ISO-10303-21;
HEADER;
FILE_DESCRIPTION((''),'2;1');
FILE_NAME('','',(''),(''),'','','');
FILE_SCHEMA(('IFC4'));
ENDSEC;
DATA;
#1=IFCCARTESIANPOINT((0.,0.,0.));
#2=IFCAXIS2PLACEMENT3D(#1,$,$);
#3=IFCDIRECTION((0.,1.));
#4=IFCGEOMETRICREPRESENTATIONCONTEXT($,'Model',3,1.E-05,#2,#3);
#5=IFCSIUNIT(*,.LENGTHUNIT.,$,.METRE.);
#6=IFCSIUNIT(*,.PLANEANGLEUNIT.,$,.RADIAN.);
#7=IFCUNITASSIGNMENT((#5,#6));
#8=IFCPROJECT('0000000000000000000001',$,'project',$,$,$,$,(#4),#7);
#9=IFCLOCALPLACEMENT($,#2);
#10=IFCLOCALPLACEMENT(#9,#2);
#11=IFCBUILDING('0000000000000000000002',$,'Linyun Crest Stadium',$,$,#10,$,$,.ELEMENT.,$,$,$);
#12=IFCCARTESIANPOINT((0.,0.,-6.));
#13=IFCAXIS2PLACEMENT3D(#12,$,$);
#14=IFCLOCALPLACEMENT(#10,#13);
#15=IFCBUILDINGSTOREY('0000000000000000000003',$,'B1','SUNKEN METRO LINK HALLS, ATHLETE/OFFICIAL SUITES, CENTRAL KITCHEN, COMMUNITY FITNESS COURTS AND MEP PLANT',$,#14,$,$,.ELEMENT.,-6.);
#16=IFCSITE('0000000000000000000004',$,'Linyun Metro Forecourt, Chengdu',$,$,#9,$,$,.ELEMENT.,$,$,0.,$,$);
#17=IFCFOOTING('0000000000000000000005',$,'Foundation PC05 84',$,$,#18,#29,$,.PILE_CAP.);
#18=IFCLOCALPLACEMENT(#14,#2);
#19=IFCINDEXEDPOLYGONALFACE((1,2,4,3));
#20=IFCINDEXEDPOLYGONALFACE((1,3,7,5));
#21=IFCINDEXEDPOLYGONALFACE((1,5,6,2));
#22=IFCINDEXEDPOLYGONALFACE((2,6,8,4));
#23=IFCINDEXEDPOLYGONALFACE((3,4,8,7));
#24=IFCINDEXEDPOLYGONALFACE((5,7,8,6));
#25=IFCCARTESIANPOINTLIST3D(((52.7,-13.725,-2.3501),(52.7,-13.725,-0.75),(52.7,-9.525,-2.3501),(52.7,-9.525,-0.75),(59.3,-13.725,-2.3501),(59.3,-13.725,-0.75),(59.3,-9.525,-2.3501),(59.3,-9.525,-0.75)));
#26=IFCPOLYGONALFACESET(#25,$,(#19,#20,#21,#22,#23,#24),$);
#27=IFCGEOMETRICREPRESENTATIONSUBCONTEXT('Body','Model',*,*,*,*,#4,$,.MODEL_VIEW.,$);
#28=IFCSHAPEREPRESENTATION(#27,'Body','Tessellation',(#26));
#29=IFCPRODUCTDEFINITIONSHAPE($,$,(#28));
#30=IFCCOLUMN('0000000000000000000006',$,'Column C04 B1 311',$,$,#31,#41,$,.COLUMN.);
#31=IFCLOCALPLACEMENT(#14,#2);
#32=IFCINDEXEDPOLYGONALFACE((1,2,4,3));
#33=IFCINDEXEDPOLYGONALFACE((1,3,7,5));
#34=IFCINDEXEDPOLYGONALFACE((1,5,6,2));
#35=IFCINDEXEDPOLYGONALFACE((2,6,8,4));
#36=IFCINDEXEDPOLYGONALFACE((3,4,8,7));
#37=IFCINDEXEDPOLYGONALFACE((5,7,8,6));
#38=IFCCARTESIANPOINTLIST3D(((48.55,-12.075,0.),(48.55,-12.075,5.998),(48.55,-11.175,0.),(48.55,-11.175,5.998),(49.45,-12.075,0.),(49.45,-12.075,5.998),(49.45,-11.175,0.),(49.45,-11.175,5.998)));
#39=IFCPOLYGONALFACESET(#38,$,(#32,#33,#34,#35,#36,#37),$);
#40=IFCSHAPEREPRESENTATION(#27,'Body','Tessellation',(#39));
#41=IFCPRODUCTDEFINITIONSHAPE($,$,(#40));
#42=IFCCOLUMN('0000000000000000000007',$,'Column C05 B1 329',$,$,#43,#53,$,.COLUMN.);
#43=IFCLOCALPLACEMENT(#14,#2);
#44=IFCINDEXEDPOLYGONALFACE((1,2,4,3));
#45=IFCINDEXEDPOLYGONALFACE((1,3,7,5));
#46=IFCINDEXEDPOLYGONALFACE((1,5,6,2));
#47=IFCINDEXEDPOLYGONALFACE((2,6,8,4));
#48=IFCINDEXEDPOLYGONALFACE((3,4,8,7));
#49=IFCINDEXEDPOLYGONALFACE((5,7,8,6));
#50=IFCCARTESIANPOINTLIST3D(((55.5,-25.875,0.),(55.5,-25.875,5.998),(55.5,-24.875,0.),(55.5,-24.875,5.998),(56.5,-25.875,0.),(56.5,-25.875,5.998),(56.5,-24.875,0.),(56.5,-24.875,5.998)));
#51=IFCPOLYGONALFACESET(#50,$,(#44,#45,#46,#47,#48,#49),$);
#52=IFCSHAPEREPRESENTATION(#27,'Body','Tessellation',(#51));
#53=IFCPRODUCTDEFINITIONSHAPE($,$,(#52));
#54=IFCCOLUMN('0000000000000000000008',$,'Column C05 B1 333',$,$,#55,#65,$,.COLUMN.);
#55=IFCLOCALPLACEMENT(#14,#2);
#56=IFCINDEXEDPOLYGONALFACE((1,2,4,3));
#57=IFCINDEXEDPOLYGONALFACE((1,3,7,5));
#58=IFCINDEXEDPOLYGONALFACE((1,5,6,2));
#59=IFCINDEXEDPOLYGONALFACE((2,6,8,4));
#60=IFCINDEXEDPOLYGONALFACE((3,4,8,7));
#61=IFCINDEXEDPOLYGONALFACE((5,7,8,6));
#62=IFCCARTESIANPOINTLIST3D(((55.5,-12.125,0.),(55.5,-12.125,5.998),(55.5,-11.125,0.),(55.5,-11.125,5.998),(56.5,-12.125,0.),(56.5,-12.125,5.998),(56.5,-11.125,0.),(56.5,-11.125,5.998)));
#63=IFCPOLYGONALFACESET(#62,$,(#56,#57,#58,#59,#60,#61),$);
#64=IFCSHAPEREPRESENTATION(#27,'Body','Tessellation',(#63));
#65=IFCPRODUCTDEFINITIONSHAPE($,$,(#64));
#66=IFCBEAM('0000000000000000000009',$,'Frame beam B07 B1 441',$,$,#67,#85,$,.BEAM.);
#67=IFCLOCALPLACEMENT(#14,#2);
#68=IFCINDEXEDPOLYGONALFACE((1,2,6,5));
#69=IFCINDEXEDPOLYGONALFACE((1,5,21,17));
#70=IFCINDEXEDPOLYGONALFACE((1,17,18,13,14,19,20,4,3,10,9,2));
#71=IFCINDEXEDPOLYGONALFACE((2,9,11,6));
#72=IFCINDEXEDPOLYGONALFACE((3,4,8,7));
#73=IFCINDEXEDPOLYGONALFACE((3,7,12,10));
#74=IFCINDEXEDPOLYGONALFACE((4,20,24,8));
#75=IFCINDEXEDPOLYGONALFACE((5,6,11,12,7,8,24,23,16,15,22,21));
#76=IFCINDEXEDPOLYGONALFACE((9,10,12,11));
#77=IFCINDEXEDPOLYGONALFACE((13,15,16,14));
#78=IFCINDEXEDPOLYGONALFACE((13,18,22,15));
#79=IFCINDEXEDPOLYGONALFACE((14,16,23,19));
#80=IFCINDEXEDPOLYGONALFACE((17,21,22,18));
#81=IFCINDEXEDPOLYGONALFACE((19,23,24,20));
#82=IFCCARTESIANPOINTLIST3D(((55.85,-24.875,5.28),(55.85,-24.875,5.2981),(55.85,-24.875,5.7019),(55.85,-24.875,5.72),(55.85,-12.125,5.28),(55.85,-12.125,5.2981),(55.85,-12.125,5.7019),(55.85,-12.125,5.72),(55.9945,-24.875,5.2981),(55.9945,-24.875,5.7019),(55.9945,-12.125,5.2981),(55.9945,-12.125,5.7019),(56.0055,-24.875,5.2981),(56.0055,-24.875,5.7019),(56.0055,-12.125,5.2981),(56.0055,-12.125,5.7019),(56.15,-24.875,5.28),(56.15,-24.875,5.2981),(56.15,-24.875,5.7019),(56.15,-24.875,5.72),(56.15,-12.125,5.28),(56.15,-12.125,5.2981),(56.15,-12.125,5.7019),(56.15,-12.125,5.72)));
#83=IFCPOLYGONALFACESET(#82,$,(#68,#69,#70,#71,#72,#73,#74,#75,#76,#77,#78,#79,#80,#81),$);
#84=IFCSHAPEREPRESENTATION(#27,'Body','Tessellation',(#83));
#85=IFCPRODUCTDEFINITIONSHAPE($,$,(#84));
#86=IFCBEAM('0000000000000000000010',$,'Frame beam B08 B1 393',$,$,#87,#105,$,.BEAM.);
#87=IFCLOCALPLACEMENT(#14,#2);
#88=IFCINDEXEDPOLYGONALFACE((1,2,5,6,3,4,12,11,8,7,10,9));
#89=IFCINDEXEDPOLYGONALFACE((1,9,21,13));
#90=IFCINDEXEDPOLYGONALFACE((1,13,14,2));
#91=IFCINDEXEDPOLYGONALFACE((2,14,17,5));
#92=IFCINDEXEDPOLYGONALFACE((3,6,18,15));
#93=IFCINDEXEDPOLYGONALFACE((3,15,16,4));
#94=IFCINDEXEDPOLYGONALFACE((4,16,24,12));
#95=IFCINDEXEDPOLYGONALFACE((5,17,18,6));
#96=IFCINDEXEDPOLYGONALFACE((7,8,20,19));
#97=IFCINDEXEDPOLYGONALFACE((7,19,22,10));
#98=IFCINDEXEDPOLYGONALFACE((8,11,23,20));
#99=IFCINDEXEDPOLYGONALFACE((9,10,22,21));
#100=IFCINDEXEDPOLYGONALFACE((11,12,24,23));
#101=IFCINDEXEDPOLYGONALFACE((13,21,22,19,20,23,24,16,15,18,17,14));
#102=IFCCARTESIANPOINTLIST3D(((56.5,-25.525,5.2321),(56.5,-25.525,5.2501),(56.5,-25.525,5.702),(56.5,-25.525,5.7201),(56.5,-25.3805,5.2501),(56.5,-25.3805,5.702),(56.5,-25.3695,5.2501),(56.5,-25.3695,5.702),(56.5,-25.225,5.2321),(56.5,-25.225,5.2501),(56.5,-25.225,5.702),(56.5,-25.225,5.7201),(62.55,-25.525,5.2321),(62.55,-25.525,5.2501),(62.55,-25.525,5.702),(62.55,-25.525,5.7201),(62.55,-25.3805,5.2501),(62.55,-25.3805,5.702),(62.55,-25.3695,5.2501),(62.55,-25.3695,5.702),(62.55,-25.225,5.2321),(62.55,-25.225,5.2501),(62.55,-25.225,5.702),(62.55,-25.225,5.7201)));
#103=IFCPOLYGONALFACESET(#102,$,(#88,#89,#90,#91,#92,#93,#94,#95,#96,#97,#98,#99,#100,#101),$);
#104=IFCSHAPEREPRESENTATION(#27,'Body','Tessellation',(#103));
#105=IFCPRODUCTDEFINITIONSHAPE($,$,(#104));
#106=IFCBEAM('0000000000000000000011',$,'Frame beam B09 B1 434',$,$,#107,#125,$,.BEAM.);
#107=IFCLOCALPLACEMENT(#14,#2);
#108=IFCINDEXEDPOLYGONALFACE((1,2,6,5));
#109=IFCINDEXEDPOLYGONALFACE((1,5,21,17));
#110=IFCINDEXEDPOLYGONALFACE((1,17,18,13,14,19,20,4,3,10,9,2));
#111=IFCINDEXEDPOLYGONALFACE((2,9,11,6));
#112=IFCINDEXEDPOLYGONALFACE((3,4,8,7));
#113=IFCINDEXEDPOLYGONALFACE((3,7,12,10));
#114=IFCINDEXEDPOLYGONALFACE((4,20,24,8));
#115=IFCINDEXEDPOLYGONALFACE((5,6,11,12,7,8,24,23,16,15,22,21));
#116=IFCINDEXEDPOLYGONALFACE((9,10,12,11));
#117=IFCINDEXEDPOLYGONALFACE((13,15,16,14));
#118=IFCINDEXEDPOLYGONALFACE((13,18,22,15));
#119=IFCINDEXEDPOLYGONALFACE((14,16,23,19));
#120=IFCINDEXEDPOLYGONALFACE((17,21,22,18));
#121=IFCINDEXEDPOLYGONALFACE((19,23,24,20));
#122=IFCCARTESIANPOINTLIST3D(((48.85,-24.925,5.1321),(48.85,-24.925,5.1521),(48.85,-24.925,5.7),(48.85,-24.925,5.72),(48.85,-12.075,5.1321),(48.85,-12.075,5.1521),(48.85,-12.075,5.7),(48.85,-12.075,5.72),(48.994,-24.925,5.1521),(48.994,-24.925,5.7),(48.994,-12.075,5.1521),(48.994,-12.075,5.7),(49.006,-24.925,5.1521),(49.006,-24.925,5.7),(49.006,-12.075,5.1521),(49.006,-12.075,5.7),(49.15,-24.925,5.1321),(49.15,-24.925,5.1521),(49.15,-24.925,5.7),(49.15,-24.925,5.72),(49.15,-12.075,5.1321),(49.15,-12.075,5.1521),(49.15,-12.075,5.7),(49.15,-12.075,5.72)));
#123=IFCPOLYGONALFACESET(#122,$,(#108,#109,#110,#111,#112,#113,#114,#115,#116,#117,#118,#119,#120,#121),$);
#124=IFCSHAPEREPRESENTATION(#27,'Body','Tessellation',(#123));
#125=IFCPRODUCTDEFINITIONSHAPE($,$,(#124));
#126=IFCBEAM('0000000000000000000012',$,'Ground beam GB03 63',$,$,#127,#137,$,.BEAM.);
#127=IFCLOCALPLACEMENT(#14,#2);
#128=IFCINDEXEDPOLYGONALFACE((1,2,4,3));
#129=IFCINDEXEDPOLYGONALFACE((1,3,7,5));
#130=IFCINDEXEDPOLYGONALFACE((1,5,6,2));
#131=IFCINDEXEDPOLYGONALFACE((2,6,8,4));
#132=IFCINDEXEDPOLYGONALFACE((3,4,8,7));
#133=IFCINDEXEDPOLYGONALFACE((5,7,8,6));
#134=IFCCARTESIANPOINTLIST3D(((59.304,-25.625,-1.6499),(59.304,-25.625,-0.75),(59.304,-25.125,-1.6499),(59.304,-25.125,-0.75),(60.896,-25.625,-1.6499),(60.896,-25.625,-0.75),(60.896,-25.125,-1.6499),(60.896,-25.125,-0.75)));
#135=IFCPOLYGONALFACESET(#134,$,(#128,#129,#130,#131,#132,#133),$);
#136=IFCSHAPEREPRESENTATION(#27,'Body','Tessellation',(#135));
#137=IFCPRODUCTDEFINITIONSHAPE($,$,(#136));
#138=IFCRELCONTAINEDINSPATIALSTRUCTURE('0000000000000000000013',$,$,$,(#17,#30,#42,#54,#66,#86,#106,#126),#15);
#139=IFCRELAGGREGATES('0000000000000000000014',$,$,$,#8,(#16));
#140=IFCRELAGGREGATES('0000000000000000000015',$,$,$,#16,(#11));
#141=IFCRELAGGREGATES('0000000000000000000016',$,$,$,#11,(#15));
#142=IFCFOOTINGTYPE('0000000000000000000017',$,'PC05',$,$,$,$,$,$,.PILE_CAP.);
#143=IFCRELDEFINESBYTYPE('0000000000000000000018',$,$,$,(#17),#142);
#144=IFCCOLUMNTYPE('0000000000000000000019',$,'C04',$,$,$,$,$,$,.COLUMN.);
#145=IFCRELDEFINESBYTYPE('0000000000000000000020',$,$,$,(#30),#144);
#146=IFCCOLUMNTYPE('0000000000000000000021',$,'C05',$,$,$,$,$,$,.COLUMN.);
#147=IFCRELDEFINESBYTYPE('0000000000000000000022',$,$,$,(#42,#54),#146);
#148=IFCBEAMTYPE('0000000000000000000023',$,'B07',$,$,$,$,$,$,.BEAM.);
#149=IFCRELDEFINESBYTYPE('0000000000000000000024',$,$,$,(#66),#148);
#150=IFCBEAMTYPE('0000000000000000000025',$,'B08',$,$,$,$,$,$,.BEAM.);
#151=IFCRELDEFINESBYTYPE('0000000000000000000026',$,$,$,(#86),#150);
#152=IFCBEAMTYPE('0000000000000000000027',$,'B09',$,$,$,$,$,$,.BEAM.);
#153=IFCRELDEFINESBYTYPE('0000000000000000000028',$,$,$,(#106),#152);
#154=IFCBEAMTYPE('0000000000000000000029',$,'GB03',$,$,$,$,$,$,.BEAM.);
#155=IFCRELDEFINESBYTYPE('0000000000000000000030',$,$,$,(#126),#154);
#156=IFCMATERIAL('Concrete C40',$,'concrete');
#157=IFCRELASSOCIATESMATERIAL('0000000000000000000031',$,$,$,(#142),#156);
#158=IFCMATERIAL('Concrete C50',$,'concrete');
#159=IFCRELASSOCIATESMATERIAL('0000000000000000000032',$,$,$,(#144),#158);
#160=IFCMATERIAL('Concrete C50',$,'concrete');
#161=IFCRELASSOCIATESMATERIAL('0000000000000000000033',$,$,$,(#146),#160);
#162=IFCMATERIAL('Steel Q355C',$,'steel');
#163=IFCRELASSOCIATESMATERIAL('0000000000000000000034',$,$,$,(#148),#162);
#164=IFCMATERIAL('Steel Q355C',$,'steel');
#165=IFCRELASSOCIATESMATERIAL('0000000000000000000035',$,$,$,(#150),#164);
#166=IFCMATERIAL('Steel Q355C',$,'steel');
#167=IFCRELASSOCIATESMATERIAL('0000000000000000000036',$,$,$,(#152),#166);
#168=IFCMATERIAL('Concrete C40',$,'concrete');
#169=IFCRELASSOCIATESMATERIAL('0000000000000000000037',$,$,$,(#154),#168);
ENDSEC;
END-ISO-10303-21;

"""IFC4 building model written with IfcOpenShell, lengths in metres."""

from ifc_helpers import new_model, si_unit, direction, frame, origin, origin_2d, place, context, subcontext, project, spatial, rectangle, i_section, extrude, material, material_profile, profile_set, type_object, element, save


model = new_model("IFC4")

# Units and contexts
model_context = context("Model", 3, precision=1e-05, world=origin(), true_north=direction((0.0, 1.0)))
body_context = subcontext(model_context, "Body", "Model", "MODEL_VIEW")
ifc_project = project(units=[si_unit("LENGTHUNIT", "METRE"), si_unit("PLANEANGLEUNIT", "RADIAN")], contexts=[model_context])

# Site, building, storey
site_placement = place(None, origin())
site = spatial("IfcSite", under=ifc_project, at=site_placement, Name="Linyun Metro Forecourt, Chengdu", CompositionType="ELEMENT", RefElevation=0.0)
building_placement = place(site_placement, origin())
building = spatial("IfcBuilding", under=site, at=building_placement, Name="Linyun Crest Stadium", CompositionType="ELEMENT")
storey_placement = place(building_placement, frame((0.0, 0.0, -6.0)))
storey = spatial("IfcBuildingStorey", under=building, at=storey_placement, Name="B1", Description="SUNKEN METRO LINK HALLS, ATHLETE/OFFICIAL SUITES, CENTRAL KITCHEN, COMMUNITY FITNESS COURTS AND MEP PLANT", CompositionType="ELEMENT", Elevation=-6.0)

# Footing
ifc_material_1 = material(Name="Concrete C40", Category="concrete")
footing_type_1 = type_object("IfcFootingType", Name="PC05", PredefinedType="PILE_CAP", material=ifc_material_1)
footing_1_placement = place(storey_placement, frame((56.0, -11.625, -2.3501), z_axis=(0.0, 0.0, 1.0), x_axis=(1.0, 0.0, 0.0)))
element("IfcFooting", 1, at=footing_1_placement, inside=storey, type_object=footing_type_1, Name="Foundation PC05 84", PredefinedType="PILE_CAP", context=body_context, shape_type="SweptSolid", body=[
    extrude(rectangle(XDim=6.6001, YDim=4.2, at=origin_2d()), origin(), (0.0, 0.0, 1.0), 1.6001),
])

# Columns
ifc_material_2 = material(Name="Concrete C50", Category="concrete")
ifc_material_profile_1 = material_profile(ifc_material_2, rectangle(XDim=0.8999, YDim=0.8999, at=origin_2d()), Name="RC 900x900")
ifc_profile_set_1 = profile_set([ifc_material_profile_1], Name="Concrete C50")
column_type_1 = type_object("IfcColumnType", Name="C04", PredefinedType="COLUMN", material=ifc_profile_set_1)
column_placement = place(storey_placement, frame((49.0, -11.625, 0.0), z_axis=(0.0, 0.0, 1.0), x_axis=(1.0, 0.0, 0.0)))
element("IfcColumn", 2, at=column_placement, inside=storey, type_object=column_type_1, Name="Column C04 B1 311", PredefinedType="COLUMN", context=body_context, shape_type="SweptSolid", body=[
    extrude(rectangle(XDim=0.8999, YDim=0.8999, at=origin_2d()), origin(), (0.0, 0.0, 1.0), 5.998),
])
ifc_material_3 = material(Name="Concrete C50", Category="concrete")
ifc_material_profile_2 = material_profile(ifc_material_3, rectangle(XDim=1.0, YDim=1.0, at=origin_2d()), Name="RC 1000x1000")
ifc_profile_set_2 = profile_set([ifc_material_profile_2], Name="Concrete C50")
column_type_2 = type_object("IfcColumnType", Name="C05", PredefinedType="COLUMN", material=ifc_profile_set_2)
for number, where, z_axis, x_axis, name in (
    (3, (56.0, -25.375, 0.0), (0.0, 0.0, 1.0), (1.0, 0.0, 0.0), "Column C05 B1 329"),
    (4, (56.0, -11.625, 0.0), (0.0, 0.0, 1.0), (1.0, 0.0, 0.0), "Column C05 B1 333"),
):
    element("IfcColumn", number, at=place(storey_placement, frame(where, z_axis=z_axis, x_axis=x_axis)), inside=storey, type_object=column_type_2, Name=name, PredefinedType="COLUMN", context=body_context, shape_type="SweptSolid", body=[
        extrude(rectangle(XDim=1.0, YDim=1.0, at=origin_2d()), origin(), (0.0, 0.0, 1.0), 5.998),
    ])

# Beams
ifc_material_4 = material(Name="Steel Q355C", Category="steel")
ifc_material_profile_3 = material_profile(ifc_material_4, i_section(OverallWidth=0.3, OverallDepth=0.4399, WebThickness=0.011, FlangeThickness=0.0181, at=origin_2d()), Name="HM 440x300")
ifc_profile_set_3 = profile_set([ifc_material_profile_3], Name="Steel Q355C")
beam_type_1 = type_object("IfcBeamType", Name="B07", PredefinedType="BEAM", material=ifc_profile_set_3)
beam_1_placement = place(storey_placement, frame((56.0, -24.875, 5.5), z_axis=(0.0, 1.0, 0.0), x_axis=(-1.0, 0.0, 0.0)))
element("IfcBeam", 5, at=beam_1_placement, inside=storey, type_object=beam_type_1, Name="Frame beam B07 B1 441", PredefinedType="BEAM", context=body_context, shape_type="SweptSolid", body=[
    extrude(i_section(OverallWidth=0.3, OverallDepth=0.4399, WebThickness=0.011, FlangeThickness=0.0181, at=origin_2d()), origin(), (0.0, 0.0, 1.0), 12.75),
])
ifc_material_5 = material(Name="Steel Q355C", Category="steel")
ifc_material_profile_4 = material_profile(ifc_material_5, i_section(OverallWidth=0.3, OverallDepth=0.488, WebThickness=0.011, FlangeThickness=0.0181, at=origin_2d()), Name="HM 488x300")
ifc_profile_set_4 = profile_set([ifc_material_profile_4], Name="Steel Q355C")
beam_type_2 = type_object("IfcBeamType", Name="B08", PredefinedType="BEAM", material=ifc_profile_set_4)
beam_2_placement = place(storey_placement, frame((56.5, -25.375, 5.4761), z_axis=(1.0, 0.0, 0.0), x_axis=(0.0, 1.0, 0.0)))
element("IfcBeam", 6, at=beam_2_placement, inside=storey, type_object=beam_type_2, Name="Frame beam B08 B1 393", PredefinedType="BEAM", context=body_context, shape_type="SweptSolid", body=[
    extrude(i_section(OverallWidth=0.3, OverallDepth=0.488, WebThickness=0.011, FlangeThickness=0.0181, at=origin_2d()), origin(), (0.0, 0.0, 1.0), 6.05),
])
ifc_material_6 = material(Name="Steel Q355C", Category="steel")
ifc_material_profile_5 = material_profile(ifc_material_6, i_section(OverallWidth=0.3, OverallDepth=0.5879, WebThickness=0.012, FlangeThickness=0.02, at=origin_2d()), Name="HM 588x300")
ifc_profile_set_5 = profile_set([ifc_material_profile_5], Name="Steel Q355C")
beam_type_3 = type_object("IfcBeamType", Name="B09", PredefinedType="BEAM", material=ifc_profile_set_5)
beam_3_placement = place(storey_placement, frame((49.0, -24.925, 5.426), z_axis=(0.0, 1.0, 0.0), x_axis=(-1.0, 0.0, 0.0)))
element("IfcBeam", 7, at=beam_3_placement, inside=storey, type_object=beam_type_3, Name="Frame beam B09 B1 434", PredefinedType="BEAM", context=body_context, shape_type="SweptSolid", body=[
    extrude(i_section(OverallWidth=0.3, OverallDepth=0.5879, WebThickness=0.012, FlangeThickness=0.02, at=origin_2d()), origin(), (0.0, 0.0, 1.0), 12.8501),
])
ifc_material_7 = material(Name="Concrete C40", Category="concrete")
ifc_material_profile_6 = material_profile(ifc_material_7, rectangle(XDim=0.5, YDim=0.8999, at=origin_2d()), Name="RCB 900x500")
ifc_profile_set_6 = profile_set([ifc_material_profile_6], Name="Concrete C40")
beam_type_4 = type_object("IfcBeamType", Name="GB03", PredefinedType="BEAM", material=ifc_profile_set_6)
beam_4_placement = place(storey_placement, frame((59.304, -25.375, -1.2), z_axis=(1.0, 0.0, 0.0), x_axis=(0.0, 1.0, 0.0)))
element("IfcBeam", 8, at=beam_4_placement, inside=storey, type_object=beam_type_4, Name="Ground beam GB03 63", PredefinedType="BEAM", context=body_context, shape_type="SweptSolid", body=[
    extrude(rectangle(XDim=0.5, YDim=0.8999, at=origin_2d()), origin(), (0.0, 0.0, 1.0), 1.592),
])

save(model, "model.ifc")
